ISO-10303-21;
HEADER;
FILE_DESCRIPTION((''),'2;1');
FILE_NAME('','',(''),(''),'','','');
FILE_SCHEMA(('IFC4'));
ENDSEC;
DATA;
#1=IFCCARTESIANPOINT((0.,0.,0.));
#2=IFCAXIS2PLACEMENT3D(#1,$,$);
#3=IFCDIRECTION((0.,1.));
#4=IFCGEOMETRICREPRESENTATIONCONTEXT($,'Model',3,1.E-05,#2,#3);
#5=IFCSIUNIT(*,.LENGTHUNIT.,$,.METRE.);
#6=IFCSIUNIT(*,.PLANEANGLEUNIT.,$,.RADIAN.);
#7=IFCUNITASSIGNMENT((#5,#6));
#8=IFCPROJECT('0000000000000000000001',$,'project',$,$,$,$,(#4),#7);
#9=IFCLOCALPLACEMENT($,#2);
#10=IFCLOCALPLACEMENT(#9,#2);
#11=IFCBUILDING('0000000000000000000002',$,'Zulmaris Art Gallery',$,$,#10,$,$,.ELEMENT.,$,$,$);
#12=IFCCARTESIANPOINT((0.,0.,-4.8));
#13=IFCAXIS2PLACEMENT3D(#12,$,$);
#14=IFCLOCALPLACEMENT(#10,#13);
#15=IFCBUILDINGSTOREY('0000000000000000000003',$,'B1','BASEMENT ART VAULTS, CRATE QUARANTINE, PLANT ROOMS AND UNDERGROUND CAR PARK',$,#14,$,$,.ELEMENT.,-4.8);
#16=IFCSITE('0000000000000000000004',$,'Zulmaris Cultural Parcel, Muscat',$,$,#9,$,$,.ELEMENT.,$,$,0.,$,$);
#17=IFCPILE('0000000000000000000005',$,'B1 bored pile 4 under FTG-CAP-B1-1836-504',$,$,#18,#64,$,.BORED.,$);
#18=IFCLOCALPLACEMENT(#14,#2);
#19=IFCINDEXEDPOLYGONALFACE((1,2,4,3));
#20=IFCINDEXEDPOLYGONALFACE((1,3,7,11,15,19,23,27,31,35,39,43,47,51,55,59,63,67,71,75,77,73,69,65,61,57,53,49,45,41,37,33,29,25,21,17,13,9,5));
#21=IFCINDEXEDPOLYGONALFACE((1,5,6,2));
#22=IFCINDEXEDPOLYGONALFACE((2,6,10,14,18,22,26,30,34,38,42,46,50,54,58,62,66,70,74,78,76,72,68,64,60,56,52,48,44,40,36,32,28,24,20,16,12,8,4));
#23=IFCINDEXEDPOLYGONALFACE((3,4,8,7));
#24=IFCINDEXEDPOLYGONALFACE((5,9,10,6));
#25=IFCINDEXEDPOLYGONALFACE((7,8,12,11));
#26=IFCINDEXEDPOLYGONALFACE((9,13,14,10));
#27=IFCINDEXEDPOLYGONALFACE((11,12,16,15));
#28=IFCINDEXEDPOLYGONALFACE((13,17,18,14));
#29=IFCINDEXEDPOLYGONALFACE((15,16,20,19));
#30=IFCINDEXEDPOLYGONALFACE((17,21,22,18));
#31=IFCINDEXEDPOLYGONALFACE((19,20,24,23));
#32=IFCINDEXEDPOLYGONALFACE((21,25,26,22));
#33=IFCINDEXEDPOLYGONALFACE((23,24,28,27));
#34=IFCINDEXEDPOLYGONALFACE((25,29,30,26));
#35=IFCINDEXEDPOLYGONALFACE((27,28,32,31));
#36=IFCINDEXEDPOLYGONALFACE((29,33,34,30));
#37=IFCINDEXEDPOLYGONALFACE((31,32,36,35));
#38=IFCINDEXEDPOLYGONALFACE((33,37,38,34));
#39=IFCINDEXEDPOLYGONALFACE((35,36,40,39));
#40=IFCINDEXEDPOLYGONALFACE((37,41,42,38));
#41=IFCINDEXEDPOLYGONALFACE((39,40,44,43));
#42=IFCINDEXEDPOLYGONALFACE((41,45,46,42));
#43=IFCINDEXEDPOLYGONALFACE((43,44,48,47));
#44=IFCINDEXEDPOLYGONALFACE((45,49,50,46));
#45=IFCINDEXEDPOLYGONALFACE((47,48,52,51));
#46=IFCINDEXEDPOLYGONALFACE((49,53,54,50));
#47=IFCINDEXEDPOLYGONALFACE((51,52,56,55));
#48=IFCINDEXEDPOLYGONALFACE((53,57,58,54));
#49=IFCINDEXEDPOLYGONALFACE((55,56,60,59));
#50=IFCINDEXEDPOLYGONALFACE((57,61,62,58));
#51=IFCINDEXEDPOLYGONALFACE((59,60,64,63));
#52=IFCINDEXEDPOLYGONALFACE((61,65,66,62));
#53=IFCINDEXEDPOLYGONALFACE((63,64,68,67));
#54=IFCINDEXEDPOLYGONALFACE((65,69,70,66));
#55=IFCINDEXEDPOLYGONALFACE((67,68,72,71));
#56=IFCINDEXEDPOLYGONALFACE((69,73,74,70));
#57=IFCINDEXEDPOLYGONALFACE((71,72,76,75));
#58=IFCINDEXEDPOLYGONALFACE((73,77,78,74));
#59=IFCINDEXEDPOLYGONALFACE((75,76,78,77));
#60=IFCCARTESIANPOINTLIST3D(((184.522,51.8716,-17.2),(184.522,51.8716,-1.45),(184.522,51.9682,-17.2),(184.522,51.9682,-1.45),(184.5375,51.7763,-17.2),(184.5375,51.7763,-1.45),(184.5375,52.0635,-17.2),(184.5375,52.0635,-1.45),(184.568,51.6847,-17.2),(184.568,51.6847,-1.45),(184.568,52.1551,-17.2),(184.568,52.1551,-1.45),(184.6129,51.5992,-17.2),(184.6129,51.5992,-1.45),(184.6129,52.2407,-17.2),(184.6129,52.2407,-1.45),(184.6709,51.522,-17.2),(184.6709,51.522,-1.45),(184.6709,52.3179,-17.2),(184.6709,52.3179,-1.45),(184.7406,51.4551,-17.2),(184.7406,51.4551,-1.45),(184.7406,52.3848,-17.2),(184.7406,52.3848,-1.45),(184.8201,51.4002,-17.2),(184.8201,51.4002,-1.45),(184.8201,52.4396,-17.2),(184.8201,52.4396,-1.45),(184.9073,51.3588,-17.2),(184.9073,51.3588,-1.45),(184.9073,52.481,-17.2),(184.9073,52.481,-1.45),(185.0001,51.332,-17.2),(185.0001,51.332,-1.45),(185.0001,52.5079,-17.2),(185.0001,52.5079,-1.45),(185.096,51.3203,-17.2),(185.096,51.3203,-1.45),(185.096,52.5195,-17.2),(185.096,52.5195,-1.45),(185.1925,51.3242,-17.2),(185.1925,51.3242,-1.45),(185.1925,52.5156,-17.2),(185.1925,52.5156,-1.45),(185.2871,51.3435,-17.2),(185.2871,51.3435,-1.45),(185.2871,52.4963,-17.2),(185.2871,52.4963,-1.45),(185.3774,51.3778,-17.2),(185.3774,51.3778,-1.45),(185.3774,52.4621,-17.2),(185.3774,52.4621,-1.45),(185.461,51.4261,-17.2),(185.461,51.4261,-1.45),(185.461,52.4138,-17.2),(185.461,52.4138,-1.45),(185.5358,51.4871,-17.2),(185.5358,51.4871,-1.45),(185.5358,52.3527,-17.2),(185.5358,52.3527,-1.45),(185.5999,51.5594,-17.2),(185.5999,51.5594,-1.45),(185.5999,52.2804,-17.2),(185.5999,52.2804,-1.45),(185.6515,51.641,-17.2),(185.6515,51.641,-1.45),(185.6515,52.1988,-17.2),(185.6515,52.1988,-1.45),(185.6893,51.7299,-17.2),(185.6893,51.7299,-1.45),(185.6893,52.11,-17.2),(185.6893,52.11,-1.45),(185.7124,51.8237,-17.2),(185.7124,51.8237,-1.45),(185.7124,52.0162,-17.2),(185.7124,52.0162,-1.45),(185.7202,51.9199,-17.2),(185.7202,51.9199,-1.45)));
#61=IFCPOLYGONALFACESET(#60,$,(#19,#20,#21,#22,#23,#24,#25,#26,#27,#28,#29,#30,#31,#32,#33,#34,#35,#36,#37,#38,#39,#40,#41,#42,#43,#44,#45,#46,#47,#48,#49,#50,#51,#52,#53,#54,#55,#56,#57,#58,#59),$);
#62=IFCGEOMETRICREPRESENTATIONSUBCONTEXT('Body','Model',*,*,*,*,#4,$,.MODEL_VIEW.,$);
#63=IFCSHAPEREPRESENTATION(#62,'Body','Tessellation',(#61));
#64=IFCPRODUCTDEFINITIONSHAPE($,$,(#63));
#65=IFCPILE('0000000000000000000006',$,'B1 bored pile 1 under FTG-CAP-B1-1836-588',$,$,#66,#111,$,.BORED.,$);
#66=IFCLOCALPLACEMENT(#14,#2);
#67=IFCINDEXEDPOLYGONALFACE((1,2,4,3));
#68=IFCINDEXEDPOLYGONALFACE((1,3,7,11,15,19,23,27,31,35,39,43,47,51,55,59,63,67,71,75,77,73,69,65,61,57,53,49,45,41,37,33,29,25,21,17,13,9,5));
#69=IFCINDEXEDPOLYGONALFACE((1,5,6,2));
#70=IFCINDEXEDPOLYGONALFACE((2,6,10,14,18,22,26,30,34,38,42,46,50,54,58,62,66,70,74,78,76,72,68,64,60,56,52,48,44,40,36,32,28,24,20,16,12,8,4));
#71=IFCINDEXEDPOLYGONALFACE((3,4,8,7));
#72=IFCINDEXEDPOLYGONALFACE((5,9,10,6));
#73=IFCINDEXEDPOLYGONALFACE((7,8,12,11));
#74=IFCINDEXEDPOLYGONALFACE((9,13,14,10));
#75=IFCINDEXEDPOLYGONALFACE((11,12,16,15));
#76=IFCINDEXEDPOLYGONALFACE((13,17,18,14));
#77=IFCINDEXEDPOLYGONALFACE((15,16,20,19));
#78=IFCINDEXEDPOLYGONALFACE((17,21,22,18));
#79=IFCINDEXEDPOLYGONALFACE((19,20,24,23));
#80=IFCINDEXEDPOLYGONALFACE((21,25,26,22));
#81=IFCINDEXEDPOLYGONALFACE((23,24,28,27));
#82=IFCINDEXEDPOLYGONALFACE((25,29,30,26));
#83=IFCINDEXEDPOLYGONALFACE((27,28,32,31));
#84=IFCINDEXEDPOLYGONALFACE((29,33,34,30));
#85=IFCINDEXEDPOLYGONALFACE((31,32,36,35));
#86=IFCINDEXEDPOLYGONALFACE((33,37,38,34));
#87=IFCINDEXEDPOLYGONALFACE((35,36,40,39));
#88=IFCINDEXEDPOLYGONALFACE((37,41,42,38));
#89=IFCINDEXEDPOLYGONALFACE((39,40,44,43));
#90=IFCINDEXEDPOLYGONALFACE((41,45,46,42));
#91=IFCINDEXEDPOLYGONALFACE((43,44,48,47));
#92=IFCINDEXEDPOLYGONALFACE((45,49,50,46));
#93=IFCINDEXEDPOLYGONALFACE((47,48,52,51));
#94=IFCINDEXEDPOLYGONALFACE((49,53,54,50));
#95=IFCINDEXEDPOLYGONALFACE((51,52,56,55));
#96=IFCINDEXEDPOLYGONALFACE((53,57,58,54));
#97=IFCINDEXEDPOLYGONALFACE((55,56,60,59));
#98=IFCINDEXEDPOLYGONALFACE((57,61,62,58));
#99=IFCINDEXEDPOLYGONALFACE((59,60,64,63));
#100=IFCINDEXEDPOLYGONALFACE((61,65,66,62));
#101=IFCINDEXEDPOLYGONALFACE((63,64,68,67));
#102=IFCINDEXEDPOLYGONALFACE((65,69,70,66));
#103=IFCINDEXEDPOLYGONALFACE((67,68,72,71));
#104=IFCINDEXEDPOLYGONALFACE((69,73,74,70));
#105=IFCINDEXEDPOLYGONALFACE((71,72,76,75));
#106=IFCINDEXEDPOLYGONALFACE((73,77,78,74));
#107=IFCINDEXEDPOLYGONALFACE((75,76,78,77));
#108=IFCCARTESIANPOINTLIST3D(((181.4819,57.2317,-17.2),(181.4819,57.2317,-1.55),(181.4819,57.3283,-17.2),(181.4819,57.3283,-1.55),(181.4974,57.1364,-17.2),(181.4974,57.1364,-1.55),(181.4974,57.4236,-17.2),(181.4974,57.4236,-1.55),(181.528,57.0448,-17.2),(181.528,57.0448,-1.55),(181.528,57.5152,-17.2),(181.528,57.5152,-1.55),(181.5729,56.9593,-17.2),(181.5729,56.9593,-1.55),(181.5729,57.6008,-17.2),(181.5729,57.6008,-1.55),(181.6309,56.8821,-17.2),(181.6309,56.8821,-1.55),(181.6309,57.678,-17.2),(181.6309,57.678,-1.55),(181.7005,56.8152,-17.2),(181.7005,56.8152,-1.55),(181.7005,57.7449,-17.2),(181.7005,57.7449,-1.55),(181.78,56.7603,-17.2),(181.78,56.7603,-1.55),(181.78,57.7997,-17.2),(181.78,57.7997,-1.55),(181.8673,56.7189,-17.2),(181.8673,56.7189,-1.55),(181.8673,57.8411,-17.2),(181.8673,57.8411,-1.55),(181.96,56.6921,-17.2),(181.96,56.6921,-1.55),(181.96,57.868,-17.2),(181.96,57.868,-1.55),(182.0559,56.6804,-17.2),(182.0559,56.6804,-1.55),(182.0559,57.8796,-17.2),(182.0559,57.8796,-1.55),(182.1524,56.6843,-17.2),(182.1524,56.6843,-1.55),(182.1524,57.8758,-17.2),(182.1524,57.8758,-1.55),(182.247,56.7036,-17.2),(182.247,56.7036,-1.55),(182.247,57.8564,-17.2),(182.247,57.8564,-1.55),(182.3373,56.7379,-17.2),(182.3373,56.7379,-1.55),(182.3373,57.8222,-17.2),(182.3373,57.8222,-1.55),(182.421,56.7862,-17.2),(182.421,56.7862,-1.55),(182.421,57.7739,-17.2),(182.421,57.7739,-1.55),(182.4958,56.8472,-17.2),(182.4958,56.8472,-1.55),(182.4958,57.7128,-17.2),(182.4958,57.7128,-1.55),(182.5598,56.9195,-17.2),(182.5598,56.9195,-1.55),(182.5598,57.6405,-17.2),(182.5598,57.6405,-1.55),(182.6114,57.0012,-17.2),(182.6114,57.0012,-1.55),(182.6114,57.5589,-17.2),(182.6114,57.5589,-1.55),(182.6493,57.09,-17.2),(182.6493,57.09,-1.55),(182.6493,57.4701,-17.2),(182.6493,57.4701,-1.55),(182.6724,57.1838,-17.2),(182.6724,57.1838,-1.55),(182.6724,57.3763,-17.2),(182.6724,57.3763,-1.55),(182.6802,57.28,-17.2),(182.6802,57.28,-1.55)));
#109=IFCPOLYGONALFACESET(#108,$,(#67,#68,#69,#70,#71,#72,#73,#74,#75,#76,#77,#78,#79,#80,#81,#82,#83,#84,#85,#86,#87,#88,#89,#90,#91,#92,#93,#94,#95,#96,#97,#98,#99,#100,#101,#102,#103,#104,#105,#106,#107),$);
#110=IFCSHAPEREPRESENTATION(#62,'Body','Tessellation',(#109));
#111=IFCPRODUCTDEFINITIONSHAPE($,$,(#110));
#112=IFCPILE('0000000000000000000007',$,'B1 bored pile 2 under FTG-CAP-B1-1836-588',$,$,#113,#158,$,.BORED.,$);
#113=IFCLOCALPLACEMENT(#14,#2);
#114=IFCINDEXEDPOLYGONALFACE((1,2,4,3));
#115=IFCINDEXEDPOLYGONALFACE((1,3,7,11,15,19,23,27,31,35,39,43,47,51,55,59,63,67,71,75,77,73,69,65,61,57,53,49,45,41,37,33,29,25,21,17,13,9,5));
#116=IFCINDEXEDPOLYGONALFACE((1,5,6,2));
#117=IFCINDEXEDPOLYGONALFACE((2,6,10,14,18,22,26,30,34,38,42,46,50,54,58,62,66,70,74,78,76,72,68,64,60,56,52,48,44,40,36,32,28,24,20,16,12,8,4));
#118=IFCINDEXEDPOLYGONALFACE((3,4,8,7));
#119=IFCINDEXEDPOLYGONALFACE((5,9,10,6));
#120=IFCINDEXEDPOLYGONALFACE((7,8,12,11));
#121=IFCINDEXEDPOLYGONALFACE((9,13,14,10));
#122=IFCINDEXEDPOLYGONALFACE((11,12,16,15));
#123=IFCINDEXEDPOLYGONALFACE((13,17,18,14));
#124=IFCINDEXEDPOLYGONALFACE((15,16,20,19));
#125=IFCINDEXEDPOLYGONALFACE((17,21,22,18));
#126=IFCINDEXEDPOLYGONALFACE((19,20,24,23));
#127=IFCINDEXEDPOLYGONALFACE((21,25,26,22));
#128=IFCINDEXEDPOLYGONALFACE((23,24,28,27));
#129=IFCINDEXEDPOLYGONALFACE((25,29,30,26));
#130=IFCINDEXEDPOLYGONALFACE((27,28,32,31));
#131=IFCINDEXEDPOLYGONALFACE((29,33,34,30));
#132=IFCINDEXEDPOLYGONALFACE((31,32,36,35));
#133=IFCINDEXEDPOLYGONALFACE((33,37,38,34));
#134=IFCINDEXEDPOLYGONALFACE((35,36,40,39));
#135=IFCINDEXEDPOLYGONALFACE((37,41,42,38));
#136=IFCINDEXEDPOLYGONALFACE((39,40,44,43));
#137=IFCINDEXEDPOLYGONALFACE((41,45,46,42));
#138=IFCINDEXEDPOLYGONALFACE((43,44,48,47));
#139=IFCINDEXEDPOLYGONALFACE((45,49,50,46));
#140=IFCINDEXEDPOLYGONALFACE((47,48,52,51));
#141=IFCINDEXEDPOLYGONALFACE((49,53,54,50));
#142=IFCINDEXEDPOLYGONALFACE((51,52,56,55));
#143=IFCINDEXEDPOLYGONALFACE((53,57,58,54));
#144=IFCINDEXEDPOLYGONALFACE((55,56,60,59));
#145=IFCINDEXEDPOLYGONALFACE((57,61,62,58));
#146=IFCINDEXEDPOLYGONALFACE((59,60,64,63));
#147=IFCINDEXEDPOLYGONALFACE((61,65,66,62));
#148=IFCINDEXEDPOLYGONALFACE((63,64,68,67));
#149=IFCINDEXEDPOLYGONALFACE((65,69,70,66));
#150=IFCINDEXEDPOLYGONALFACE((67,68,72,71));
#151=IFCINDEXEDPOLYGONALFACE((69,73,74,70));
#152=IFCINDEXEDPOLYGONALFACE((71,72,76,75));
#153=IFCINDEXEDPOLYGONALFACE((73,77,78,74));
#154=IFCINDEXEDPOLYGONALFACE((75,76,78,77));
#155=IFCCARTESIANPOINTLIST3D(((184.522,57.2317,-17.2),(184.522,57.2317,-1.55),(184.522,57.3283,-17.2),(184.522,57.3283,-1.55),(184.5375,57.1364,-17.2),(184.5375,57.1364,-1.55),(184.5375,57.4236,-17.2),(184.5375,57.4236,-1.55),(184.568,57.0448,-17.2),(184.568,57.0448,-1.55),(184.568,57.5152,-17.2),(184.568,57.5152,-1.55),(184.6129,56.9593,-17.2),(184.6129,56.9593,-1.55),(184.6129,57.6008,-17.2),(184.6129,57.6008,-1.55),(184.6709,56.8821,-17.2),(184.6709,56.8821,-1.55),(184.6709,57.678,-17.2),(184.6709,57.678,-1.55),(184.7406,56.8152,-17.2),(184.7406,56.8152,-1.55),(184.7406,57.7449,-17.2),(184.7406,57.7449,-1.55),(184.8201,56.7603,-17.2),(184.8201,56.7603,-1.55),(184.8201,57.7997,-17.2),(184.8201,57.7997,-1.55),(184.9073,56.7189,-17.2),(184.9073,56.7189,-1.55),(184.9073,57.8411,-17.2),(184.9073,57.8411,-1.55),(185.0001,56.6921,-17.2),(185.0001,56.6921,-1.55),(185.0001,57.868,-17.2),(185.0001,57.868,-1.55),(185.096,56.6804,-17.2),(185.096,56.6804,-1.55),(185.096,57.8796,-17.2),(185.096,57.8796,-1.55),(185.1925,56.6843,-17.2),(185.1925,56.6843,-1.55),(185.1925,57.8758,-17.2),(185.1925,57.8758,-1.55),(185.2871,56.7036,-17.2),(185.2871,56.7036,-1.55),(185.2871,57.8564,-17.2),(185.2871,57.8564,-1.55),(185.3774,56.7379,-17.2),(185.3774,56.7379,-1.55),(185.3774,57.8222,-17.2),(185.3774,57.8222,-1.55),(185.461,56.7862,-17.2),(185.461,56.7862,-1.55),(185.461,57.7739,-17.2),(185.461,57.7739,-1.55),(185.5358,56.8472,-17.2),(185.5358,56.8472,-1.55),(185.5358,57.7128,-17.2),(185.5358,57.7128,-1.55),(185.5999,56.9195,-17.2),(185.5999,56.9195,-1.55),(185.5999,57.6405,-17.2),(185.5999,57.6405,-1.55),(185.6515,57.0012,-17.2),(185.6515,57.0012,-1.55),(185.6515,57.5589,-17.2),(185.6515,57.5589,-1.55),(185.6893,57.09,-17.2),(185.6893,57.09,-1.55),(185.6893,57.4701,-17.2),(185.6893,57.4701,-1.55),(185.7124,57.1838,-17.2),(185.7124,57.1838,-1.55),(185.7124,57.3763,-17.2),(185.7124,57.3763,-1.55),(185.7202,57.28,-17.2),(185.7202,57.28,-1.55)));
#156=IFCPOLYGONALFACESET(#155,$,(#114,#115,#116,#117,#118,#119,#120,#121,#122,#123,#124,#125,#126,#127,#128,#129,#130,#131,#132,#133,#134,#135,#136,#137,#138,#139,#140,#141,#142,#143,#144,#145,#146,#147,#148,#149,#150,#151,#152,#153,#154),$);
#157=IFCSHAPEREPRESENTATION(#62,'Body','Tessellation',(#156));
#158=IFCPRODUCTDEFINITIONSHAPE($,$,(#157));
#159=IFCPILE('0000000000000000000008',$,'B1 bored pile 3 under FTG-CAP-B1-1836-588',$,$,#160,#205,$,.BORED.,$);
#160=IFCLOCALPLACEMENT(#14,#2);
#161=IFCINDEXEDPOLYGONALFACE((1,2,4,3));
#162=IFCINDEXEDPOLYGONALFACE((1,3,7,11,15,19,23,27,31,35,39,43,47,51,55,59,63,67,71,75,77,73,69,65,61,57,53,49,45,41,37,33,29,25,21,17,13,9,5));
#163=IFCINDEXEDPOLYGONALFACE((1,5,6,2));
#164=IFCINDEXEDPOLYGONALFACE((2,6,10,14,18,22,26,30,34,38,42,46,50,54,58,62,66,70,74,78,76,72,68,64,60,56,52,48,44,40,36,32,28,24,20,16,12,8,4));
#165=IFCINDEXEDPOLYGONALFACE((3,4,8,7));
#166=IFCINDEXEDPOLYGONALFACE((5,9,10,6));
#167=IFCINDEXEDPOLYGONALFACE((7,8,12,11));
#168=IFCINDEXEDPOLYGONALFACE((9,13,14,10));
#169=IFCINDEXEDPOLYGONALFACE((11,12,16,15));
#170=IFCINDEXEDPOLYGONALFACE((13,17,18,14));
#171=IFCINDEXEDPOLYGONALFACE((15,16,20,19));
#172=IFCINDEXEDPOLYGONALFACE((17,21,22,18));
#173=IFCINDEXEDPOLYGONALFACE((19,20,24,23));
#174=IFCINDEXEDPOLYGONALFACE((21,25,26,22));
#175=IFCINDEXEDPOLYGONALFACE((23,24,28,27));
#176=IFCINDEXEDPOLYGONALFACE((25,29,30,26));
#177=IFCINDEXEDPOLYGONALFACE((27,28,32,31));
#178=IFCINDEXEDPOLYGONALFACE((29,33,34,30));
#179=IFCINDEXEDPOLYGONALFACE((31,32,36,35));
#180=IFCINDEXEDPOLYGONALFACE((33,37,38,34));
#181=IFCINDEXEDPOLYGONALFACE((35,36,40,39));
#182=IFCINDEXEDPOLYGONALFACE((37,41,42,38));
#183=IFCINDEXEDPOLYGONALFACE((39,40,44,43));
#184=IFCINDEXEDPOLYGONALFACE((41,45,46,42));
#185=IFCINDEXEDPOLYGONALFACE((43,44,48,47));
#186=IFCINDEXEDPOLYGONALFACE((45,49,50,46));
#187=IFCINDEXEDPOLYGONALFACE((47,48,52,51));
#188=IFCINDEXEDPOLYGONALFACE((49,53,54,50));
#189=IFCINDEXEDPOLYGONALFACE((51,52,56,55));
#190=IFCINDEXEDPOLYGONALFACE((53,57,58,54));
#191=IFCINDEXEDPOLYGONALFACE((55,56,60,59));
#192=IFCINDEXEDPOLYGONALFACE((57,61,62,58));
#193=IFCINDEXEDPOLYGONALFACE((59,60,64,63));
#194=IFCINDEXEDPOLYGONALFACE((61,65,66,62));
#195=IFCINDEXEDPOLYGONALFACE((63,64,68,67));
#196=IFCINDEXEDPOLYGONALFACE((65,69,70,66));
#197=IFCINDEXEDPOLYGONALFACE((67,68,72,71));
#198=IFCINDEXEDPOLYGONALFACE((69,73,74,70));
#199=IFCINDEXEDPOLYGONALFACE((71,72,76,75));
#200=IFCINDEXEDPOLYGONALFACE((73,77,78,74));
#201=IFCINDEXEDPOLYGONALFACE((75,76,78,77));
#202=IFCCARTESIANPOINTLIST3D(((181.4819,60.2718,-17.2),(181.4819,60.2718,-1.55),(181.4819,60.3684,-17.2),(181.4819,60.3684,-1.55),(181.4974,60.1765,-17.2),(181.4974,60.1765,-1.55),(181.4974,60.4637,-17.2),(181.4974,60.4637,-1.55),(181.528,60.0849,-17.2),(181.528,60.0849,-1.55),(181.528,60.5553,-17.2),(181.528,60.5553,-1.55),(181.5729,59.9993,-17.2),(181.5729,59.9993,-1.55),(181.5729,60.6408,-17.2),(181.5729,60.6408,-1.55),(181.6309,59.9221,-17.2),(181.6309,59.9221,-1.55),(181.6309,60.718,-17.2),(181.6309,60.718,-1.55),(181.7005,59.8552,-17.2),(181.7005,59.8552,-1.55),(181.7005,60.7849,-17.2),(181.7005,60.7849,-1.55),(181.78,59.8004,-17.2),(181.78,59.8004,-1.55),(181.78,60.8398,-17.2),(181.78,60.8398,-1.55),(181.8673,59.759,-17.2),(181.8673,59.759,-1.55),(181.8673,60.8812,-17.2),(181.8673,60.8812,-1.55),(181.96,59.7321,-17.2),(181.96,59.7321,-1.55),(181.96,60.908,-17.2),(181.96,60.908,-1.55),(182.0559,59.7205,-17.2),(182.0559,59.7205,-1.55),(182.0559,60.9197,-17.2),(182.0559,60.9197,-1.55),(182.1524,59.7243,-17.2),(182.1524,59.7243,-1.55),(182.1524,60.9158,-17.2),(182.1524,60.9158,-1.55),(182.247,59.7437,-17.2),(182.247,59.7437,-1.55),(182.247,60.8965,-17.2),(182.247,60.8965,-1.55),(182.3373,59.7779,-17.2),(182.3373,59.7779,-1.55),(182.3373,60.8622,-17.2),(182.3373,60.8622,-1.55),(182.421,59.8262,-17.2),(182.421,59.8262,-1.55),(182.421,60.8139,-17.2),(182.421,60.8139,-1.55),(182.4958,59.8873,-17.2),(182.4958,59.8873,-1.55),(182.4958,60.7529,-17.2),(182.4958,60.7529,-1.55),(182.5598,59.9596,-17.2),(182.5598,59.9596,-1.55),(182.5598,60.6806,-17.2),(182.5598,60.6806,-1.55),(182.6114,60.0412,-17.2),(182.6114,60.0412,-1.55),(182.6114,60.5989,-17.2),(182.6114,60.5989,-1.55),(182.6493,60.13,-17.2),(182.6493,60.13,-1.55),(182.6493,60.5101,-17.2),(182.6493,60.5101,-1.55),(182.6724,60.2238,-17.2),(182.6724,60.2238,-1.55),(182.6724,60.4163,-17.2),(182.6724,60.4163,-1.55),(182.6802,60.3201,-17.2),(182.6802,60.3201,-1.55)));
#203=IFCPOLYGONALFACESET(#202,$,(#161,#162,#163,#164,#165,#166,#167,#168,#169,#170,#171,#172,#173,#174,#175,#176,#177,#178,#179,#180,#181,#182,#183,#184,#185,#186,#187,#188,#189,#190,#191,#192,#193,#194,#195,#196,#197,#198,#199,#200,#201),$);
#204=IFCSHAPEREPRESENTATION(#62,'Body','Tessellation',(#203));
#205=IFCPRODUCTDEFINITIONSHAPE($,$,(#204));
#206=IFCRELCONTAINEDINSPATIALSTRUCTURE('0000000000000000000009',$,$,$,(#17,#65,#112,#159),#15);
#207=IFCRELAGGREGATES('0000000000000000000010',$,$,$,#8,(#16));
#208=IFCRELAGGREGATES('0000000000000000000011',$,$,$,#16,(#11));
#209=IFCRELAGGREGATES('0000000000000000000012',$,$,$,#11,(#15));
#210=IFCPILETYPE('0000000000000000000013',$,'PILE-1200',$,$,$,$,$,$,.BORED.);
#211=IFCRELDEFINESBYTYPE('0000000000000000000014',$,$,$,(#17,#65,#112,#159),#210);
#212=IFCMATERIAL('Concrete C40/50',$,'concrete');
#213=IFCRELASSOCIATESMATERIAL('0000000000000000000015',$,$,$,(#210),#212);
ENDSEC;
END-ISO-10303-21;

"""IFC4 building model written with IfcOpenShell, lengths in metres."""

from ifc_helpers import new_model, si_unit, direction, frame, origin, origin_2d, place, context, subcontext, project, spatial, circle, extrude, material, material_profile, profile_set, type_object, element, save


model = new_model("IFC4")

# Units and contexts
model_context = context("Model", 3, precision=1e-05, world=origin(), true_north=direction((0.0, 1.0)))
body_context = subcontext(model_context, "Body", "Model", "MODEL_VIEW")
ifc_project = project(units=[si_unit("LENGTHUNIT", "METRE"), si_unit("PLANEANGLEUNIT", "RADIAN")], contexts=[model_context])

# Site, building, storey
site_placement = place(None, origin())
site = spatial("IfcSite", under=ifc_project, at=site_placement, Name="Zulmaris Cultural Parcel, Muscat", CompositionType="ELEMENT", RefElevation=0.0)
building_placement = place(site_placement, origin())
building = spatial("IfcBuilding", under=site, at=building_placement, Name="Zulmaris Art Gallery", CompositionType="ELEMENT")
storey_placement = place(building_placement, frame((0.0, 0.0, -4.8)))
storey = spatial("IfcBuildingStorey", under=building, at=storey_placement, Name="B1", Description="BASEMENT ART VAULTS, CRATE QUARANTINE, PLANT ROOMS AND UNDERGROUND CAR PARK", CompositionType="ELEMENT", Elevation=-4.8)

# Piles
ifc_material_1 = material(Name="Concrete C40/50", Category="concrete")
ifc_material_profile_1 = material_profile(ifc_material_1, circle(Radius=0.6001, at=origin_2d()), Name="PILE DIA 1200")
ifc_profile_set_1 = profile_set([ifc_material_profile_1], Name="Concrete C40/50")
pile_type = type_object("IfcPileType", Name="PILE-1200", PredefinedType="BORED", material=ifc_profile_set_1)
pile_placement = place(storey_placement, frame((185.1201, 51.9199, -1.45), z_axis=(0.0, 0.0, -1.0), x_axis=(1.0, 0.0, 0.0)))
element("IfcPile", 1, at=pile_placement, inside=storey, type_object=pile_type, Name="B1 bored pile 4 under FTG-CAP-B1-1836-504", PredefinedType="BORED", context=body_context, shape_type="SweptSolid", body=[
    extrude(circle(Radius=0.6001, at=origin_2d()), origin(), (0.0, 0.0, 1.0), 15.75),
])
for number, where, z_axis, x_axis, name in (
    (2, (182.0801, 57.28, -1.55), (0.0, 0.0, -1.0), (1.0, 0.0, 0.0), "B1 bored pile 1 under FTG-CAP-B1-1836-588"),
    (3, (185.1201, 57.28, -1.55), (0.0, 0.0, -1.0), (1.0, 0.0, 0.0), "B1 bored pile 2 under FTG-CAP-B1-1836-588"),
    (4, (182.0801, 60.3201, -1.55), (0.0, 0.0, -1.0), (1.0, 0.0, 0.0), "B1 bored pile 3 under FTG-CAP-B1-1836-588"),
):
    element("IfcPile", number, at=place(storey_placement, frame(where, z_axis=z_axis, x_axis=x_axis)), inside=storey, type_object=pile_type, Name=name, PredefinedType="BORED", context=body_context, shape_type="SweptSolid", body=[
        extrude(circle(Radius=0.6001, at=origin_2d()), origin(), (0.0, 0.0, 1.0), 15.6499),
    ])

save(model, "model.ifc")
